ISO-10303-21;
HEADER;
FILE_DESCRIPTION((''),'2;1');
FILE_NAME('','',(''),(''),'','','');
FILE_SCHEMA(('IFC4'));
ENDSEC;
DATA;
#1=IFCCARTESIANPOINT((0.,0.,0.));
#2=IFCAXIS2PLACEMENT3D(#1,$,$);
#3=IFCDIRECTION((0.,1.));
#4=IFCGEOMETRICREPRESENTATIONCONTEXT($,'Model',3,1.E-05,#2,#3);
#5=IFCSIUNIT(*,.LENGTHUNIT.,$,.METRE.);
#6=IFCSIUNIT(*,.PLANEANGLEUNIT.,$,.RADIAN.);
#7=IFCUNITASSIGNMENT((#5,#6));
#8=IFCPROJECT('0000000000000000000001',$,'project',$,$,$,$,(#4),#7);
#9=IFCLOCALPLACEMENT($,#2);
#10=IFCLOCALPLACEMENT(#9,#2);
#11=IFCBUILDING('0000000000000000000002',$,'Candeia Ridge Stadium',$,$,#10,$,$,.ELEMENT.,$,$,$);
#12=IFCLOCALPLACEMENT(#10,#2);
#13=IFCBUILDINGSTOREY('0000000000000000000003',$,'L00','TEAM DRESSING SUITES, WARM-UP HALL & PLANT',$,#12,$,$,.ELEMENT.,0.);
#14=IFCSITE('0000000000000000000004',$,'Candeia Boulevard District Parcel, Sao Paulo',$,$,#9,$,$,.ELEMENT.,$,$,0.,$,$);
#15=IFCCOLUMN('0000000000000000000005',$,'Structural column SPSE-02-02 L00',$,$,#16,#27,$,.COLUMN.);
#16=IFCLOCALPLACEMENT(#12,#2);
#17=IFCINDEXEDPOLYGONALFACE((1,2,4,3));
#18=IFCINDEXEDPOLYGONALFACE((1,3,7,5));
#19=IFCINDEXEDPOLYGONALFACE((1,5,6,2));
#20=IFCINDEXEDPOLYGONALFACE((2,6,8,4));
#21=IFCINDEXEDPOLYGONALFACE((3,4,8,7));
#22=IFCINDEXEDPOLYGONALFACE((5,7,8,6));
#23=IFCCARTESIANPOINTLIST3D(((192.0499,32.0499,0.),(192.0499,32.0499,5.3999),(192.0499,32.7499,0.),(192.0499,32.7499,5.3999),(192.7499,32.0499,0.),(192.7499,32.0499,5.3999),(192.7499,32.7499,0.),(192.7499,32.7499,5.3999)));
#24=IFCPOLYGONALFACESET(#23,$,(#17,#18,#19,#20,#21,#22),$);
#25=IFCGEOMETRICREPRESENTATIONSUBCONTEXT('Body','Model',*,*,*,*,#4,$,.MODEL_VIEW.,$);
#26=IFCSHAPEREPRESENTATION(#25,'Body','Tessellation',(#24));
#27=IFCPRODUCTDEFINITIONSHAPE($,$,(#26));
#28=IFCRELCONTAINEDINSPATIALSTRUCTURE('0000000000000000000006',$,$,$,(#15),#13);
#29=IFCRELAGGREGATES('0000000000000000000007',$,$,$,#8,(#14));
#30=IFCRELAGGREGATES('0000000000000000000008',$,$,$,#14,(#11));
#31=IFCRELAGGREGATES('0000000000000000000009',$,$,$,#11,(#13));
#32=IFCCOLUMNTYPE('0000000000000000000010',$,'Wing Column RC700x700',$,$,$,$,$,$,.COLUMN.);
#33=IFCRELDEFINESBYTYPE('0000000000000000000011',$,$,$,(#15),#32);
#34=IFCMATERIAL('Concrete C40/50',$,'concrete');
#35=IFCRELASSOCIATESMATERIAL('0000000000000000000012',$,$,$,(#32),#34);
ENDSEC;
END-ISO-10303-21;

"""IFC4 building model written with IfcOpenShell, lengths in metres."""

from ifc_helpers import new_model, si_unit, direction, frame, origin, origin_2d, place, context, subcontext, project, spatial, rectangle, extrude, material, material_profile, profile_set, type_object, element, save


model = new_model("IFC4")

# Units and contexts
model_context = context("Model", 3, precision=1e-05, world=origin(), true_north=direction((0.0, 1.0)))
body_context = subcontext(model_context, "Body", "Model", "MODEL_VIEW")
ifc_project = project(units=[si_unit("LENGTHUNIT", "METRE"), si_unit("PLANEANGLEUNIT", "RADIAN")], contexts=[model_context])

# Site, building, storey
site_placement = place(None, origin())
site = spatial("IfcSite", under=ifc_project, at=site_placement, Name="Candeia Boulevard District Parcel, Sao Paulo", CompositionType="ELEMENT", RefElevation=0.0)
building_placement = place(site_placement, origin())
building = spatial("IfcBuilding", under=site, at=building_placement, Name="Candeia Ridge Stadium", CompositionType="ELEMENT")
storey_placement = place(building_placement, origin())
storey = spatial("IfcBuildingStorey", under=building, at=storey_placement, Name="L00", Description="TEAM DRESSING SUITES, WARM-UP HALL & PLANT", CompositionType="ELEMENT", Elevation=0.0)

# Shared definitions
ifc_material_1 = material(Name="Concrete C40/50", Category="concrete")

# Column
ifc_material_profile_1 = material_profile(ifc_material_1, rectangle(XDim=0.7, YDim=0.7, at=origin_2d()), Name="RC700x700", Category="concrete")
ifc_profile_set_1 = profile_set([ifc_material_profile_1], Name="Concrete C40/50")
column_type_1 = type_object("IfcColumnType", Name="Wing Column RC700x700", PredefinedType="COLUMN", material=ifc_profile_set_1)
for number, where, z_axis, x_axis, name in (
    (1, (192.3999, 32.3999, 0.0), (0.0, 0.0, 1.0), (1.0, 0.0, 0.0), "Structural column SPSE-02-02 L00"),
):
    element("IfcColumn", number, at=place(storey_placement, frame(where, z_axis=z_axis, x_axis=x_axis)), inside=storey, type_object=column_type_1, Name=name, PredefinedType="COLUMN", context=body_context, shape_type="SweptSolid", body=[
        extrude(rectangle(XDim=0.7, YDim=0.7, at=origin_2d()), origin(), (0.0, 0.0, 1.0), 5.3999),
    ])

save(model, "model.ifc")
